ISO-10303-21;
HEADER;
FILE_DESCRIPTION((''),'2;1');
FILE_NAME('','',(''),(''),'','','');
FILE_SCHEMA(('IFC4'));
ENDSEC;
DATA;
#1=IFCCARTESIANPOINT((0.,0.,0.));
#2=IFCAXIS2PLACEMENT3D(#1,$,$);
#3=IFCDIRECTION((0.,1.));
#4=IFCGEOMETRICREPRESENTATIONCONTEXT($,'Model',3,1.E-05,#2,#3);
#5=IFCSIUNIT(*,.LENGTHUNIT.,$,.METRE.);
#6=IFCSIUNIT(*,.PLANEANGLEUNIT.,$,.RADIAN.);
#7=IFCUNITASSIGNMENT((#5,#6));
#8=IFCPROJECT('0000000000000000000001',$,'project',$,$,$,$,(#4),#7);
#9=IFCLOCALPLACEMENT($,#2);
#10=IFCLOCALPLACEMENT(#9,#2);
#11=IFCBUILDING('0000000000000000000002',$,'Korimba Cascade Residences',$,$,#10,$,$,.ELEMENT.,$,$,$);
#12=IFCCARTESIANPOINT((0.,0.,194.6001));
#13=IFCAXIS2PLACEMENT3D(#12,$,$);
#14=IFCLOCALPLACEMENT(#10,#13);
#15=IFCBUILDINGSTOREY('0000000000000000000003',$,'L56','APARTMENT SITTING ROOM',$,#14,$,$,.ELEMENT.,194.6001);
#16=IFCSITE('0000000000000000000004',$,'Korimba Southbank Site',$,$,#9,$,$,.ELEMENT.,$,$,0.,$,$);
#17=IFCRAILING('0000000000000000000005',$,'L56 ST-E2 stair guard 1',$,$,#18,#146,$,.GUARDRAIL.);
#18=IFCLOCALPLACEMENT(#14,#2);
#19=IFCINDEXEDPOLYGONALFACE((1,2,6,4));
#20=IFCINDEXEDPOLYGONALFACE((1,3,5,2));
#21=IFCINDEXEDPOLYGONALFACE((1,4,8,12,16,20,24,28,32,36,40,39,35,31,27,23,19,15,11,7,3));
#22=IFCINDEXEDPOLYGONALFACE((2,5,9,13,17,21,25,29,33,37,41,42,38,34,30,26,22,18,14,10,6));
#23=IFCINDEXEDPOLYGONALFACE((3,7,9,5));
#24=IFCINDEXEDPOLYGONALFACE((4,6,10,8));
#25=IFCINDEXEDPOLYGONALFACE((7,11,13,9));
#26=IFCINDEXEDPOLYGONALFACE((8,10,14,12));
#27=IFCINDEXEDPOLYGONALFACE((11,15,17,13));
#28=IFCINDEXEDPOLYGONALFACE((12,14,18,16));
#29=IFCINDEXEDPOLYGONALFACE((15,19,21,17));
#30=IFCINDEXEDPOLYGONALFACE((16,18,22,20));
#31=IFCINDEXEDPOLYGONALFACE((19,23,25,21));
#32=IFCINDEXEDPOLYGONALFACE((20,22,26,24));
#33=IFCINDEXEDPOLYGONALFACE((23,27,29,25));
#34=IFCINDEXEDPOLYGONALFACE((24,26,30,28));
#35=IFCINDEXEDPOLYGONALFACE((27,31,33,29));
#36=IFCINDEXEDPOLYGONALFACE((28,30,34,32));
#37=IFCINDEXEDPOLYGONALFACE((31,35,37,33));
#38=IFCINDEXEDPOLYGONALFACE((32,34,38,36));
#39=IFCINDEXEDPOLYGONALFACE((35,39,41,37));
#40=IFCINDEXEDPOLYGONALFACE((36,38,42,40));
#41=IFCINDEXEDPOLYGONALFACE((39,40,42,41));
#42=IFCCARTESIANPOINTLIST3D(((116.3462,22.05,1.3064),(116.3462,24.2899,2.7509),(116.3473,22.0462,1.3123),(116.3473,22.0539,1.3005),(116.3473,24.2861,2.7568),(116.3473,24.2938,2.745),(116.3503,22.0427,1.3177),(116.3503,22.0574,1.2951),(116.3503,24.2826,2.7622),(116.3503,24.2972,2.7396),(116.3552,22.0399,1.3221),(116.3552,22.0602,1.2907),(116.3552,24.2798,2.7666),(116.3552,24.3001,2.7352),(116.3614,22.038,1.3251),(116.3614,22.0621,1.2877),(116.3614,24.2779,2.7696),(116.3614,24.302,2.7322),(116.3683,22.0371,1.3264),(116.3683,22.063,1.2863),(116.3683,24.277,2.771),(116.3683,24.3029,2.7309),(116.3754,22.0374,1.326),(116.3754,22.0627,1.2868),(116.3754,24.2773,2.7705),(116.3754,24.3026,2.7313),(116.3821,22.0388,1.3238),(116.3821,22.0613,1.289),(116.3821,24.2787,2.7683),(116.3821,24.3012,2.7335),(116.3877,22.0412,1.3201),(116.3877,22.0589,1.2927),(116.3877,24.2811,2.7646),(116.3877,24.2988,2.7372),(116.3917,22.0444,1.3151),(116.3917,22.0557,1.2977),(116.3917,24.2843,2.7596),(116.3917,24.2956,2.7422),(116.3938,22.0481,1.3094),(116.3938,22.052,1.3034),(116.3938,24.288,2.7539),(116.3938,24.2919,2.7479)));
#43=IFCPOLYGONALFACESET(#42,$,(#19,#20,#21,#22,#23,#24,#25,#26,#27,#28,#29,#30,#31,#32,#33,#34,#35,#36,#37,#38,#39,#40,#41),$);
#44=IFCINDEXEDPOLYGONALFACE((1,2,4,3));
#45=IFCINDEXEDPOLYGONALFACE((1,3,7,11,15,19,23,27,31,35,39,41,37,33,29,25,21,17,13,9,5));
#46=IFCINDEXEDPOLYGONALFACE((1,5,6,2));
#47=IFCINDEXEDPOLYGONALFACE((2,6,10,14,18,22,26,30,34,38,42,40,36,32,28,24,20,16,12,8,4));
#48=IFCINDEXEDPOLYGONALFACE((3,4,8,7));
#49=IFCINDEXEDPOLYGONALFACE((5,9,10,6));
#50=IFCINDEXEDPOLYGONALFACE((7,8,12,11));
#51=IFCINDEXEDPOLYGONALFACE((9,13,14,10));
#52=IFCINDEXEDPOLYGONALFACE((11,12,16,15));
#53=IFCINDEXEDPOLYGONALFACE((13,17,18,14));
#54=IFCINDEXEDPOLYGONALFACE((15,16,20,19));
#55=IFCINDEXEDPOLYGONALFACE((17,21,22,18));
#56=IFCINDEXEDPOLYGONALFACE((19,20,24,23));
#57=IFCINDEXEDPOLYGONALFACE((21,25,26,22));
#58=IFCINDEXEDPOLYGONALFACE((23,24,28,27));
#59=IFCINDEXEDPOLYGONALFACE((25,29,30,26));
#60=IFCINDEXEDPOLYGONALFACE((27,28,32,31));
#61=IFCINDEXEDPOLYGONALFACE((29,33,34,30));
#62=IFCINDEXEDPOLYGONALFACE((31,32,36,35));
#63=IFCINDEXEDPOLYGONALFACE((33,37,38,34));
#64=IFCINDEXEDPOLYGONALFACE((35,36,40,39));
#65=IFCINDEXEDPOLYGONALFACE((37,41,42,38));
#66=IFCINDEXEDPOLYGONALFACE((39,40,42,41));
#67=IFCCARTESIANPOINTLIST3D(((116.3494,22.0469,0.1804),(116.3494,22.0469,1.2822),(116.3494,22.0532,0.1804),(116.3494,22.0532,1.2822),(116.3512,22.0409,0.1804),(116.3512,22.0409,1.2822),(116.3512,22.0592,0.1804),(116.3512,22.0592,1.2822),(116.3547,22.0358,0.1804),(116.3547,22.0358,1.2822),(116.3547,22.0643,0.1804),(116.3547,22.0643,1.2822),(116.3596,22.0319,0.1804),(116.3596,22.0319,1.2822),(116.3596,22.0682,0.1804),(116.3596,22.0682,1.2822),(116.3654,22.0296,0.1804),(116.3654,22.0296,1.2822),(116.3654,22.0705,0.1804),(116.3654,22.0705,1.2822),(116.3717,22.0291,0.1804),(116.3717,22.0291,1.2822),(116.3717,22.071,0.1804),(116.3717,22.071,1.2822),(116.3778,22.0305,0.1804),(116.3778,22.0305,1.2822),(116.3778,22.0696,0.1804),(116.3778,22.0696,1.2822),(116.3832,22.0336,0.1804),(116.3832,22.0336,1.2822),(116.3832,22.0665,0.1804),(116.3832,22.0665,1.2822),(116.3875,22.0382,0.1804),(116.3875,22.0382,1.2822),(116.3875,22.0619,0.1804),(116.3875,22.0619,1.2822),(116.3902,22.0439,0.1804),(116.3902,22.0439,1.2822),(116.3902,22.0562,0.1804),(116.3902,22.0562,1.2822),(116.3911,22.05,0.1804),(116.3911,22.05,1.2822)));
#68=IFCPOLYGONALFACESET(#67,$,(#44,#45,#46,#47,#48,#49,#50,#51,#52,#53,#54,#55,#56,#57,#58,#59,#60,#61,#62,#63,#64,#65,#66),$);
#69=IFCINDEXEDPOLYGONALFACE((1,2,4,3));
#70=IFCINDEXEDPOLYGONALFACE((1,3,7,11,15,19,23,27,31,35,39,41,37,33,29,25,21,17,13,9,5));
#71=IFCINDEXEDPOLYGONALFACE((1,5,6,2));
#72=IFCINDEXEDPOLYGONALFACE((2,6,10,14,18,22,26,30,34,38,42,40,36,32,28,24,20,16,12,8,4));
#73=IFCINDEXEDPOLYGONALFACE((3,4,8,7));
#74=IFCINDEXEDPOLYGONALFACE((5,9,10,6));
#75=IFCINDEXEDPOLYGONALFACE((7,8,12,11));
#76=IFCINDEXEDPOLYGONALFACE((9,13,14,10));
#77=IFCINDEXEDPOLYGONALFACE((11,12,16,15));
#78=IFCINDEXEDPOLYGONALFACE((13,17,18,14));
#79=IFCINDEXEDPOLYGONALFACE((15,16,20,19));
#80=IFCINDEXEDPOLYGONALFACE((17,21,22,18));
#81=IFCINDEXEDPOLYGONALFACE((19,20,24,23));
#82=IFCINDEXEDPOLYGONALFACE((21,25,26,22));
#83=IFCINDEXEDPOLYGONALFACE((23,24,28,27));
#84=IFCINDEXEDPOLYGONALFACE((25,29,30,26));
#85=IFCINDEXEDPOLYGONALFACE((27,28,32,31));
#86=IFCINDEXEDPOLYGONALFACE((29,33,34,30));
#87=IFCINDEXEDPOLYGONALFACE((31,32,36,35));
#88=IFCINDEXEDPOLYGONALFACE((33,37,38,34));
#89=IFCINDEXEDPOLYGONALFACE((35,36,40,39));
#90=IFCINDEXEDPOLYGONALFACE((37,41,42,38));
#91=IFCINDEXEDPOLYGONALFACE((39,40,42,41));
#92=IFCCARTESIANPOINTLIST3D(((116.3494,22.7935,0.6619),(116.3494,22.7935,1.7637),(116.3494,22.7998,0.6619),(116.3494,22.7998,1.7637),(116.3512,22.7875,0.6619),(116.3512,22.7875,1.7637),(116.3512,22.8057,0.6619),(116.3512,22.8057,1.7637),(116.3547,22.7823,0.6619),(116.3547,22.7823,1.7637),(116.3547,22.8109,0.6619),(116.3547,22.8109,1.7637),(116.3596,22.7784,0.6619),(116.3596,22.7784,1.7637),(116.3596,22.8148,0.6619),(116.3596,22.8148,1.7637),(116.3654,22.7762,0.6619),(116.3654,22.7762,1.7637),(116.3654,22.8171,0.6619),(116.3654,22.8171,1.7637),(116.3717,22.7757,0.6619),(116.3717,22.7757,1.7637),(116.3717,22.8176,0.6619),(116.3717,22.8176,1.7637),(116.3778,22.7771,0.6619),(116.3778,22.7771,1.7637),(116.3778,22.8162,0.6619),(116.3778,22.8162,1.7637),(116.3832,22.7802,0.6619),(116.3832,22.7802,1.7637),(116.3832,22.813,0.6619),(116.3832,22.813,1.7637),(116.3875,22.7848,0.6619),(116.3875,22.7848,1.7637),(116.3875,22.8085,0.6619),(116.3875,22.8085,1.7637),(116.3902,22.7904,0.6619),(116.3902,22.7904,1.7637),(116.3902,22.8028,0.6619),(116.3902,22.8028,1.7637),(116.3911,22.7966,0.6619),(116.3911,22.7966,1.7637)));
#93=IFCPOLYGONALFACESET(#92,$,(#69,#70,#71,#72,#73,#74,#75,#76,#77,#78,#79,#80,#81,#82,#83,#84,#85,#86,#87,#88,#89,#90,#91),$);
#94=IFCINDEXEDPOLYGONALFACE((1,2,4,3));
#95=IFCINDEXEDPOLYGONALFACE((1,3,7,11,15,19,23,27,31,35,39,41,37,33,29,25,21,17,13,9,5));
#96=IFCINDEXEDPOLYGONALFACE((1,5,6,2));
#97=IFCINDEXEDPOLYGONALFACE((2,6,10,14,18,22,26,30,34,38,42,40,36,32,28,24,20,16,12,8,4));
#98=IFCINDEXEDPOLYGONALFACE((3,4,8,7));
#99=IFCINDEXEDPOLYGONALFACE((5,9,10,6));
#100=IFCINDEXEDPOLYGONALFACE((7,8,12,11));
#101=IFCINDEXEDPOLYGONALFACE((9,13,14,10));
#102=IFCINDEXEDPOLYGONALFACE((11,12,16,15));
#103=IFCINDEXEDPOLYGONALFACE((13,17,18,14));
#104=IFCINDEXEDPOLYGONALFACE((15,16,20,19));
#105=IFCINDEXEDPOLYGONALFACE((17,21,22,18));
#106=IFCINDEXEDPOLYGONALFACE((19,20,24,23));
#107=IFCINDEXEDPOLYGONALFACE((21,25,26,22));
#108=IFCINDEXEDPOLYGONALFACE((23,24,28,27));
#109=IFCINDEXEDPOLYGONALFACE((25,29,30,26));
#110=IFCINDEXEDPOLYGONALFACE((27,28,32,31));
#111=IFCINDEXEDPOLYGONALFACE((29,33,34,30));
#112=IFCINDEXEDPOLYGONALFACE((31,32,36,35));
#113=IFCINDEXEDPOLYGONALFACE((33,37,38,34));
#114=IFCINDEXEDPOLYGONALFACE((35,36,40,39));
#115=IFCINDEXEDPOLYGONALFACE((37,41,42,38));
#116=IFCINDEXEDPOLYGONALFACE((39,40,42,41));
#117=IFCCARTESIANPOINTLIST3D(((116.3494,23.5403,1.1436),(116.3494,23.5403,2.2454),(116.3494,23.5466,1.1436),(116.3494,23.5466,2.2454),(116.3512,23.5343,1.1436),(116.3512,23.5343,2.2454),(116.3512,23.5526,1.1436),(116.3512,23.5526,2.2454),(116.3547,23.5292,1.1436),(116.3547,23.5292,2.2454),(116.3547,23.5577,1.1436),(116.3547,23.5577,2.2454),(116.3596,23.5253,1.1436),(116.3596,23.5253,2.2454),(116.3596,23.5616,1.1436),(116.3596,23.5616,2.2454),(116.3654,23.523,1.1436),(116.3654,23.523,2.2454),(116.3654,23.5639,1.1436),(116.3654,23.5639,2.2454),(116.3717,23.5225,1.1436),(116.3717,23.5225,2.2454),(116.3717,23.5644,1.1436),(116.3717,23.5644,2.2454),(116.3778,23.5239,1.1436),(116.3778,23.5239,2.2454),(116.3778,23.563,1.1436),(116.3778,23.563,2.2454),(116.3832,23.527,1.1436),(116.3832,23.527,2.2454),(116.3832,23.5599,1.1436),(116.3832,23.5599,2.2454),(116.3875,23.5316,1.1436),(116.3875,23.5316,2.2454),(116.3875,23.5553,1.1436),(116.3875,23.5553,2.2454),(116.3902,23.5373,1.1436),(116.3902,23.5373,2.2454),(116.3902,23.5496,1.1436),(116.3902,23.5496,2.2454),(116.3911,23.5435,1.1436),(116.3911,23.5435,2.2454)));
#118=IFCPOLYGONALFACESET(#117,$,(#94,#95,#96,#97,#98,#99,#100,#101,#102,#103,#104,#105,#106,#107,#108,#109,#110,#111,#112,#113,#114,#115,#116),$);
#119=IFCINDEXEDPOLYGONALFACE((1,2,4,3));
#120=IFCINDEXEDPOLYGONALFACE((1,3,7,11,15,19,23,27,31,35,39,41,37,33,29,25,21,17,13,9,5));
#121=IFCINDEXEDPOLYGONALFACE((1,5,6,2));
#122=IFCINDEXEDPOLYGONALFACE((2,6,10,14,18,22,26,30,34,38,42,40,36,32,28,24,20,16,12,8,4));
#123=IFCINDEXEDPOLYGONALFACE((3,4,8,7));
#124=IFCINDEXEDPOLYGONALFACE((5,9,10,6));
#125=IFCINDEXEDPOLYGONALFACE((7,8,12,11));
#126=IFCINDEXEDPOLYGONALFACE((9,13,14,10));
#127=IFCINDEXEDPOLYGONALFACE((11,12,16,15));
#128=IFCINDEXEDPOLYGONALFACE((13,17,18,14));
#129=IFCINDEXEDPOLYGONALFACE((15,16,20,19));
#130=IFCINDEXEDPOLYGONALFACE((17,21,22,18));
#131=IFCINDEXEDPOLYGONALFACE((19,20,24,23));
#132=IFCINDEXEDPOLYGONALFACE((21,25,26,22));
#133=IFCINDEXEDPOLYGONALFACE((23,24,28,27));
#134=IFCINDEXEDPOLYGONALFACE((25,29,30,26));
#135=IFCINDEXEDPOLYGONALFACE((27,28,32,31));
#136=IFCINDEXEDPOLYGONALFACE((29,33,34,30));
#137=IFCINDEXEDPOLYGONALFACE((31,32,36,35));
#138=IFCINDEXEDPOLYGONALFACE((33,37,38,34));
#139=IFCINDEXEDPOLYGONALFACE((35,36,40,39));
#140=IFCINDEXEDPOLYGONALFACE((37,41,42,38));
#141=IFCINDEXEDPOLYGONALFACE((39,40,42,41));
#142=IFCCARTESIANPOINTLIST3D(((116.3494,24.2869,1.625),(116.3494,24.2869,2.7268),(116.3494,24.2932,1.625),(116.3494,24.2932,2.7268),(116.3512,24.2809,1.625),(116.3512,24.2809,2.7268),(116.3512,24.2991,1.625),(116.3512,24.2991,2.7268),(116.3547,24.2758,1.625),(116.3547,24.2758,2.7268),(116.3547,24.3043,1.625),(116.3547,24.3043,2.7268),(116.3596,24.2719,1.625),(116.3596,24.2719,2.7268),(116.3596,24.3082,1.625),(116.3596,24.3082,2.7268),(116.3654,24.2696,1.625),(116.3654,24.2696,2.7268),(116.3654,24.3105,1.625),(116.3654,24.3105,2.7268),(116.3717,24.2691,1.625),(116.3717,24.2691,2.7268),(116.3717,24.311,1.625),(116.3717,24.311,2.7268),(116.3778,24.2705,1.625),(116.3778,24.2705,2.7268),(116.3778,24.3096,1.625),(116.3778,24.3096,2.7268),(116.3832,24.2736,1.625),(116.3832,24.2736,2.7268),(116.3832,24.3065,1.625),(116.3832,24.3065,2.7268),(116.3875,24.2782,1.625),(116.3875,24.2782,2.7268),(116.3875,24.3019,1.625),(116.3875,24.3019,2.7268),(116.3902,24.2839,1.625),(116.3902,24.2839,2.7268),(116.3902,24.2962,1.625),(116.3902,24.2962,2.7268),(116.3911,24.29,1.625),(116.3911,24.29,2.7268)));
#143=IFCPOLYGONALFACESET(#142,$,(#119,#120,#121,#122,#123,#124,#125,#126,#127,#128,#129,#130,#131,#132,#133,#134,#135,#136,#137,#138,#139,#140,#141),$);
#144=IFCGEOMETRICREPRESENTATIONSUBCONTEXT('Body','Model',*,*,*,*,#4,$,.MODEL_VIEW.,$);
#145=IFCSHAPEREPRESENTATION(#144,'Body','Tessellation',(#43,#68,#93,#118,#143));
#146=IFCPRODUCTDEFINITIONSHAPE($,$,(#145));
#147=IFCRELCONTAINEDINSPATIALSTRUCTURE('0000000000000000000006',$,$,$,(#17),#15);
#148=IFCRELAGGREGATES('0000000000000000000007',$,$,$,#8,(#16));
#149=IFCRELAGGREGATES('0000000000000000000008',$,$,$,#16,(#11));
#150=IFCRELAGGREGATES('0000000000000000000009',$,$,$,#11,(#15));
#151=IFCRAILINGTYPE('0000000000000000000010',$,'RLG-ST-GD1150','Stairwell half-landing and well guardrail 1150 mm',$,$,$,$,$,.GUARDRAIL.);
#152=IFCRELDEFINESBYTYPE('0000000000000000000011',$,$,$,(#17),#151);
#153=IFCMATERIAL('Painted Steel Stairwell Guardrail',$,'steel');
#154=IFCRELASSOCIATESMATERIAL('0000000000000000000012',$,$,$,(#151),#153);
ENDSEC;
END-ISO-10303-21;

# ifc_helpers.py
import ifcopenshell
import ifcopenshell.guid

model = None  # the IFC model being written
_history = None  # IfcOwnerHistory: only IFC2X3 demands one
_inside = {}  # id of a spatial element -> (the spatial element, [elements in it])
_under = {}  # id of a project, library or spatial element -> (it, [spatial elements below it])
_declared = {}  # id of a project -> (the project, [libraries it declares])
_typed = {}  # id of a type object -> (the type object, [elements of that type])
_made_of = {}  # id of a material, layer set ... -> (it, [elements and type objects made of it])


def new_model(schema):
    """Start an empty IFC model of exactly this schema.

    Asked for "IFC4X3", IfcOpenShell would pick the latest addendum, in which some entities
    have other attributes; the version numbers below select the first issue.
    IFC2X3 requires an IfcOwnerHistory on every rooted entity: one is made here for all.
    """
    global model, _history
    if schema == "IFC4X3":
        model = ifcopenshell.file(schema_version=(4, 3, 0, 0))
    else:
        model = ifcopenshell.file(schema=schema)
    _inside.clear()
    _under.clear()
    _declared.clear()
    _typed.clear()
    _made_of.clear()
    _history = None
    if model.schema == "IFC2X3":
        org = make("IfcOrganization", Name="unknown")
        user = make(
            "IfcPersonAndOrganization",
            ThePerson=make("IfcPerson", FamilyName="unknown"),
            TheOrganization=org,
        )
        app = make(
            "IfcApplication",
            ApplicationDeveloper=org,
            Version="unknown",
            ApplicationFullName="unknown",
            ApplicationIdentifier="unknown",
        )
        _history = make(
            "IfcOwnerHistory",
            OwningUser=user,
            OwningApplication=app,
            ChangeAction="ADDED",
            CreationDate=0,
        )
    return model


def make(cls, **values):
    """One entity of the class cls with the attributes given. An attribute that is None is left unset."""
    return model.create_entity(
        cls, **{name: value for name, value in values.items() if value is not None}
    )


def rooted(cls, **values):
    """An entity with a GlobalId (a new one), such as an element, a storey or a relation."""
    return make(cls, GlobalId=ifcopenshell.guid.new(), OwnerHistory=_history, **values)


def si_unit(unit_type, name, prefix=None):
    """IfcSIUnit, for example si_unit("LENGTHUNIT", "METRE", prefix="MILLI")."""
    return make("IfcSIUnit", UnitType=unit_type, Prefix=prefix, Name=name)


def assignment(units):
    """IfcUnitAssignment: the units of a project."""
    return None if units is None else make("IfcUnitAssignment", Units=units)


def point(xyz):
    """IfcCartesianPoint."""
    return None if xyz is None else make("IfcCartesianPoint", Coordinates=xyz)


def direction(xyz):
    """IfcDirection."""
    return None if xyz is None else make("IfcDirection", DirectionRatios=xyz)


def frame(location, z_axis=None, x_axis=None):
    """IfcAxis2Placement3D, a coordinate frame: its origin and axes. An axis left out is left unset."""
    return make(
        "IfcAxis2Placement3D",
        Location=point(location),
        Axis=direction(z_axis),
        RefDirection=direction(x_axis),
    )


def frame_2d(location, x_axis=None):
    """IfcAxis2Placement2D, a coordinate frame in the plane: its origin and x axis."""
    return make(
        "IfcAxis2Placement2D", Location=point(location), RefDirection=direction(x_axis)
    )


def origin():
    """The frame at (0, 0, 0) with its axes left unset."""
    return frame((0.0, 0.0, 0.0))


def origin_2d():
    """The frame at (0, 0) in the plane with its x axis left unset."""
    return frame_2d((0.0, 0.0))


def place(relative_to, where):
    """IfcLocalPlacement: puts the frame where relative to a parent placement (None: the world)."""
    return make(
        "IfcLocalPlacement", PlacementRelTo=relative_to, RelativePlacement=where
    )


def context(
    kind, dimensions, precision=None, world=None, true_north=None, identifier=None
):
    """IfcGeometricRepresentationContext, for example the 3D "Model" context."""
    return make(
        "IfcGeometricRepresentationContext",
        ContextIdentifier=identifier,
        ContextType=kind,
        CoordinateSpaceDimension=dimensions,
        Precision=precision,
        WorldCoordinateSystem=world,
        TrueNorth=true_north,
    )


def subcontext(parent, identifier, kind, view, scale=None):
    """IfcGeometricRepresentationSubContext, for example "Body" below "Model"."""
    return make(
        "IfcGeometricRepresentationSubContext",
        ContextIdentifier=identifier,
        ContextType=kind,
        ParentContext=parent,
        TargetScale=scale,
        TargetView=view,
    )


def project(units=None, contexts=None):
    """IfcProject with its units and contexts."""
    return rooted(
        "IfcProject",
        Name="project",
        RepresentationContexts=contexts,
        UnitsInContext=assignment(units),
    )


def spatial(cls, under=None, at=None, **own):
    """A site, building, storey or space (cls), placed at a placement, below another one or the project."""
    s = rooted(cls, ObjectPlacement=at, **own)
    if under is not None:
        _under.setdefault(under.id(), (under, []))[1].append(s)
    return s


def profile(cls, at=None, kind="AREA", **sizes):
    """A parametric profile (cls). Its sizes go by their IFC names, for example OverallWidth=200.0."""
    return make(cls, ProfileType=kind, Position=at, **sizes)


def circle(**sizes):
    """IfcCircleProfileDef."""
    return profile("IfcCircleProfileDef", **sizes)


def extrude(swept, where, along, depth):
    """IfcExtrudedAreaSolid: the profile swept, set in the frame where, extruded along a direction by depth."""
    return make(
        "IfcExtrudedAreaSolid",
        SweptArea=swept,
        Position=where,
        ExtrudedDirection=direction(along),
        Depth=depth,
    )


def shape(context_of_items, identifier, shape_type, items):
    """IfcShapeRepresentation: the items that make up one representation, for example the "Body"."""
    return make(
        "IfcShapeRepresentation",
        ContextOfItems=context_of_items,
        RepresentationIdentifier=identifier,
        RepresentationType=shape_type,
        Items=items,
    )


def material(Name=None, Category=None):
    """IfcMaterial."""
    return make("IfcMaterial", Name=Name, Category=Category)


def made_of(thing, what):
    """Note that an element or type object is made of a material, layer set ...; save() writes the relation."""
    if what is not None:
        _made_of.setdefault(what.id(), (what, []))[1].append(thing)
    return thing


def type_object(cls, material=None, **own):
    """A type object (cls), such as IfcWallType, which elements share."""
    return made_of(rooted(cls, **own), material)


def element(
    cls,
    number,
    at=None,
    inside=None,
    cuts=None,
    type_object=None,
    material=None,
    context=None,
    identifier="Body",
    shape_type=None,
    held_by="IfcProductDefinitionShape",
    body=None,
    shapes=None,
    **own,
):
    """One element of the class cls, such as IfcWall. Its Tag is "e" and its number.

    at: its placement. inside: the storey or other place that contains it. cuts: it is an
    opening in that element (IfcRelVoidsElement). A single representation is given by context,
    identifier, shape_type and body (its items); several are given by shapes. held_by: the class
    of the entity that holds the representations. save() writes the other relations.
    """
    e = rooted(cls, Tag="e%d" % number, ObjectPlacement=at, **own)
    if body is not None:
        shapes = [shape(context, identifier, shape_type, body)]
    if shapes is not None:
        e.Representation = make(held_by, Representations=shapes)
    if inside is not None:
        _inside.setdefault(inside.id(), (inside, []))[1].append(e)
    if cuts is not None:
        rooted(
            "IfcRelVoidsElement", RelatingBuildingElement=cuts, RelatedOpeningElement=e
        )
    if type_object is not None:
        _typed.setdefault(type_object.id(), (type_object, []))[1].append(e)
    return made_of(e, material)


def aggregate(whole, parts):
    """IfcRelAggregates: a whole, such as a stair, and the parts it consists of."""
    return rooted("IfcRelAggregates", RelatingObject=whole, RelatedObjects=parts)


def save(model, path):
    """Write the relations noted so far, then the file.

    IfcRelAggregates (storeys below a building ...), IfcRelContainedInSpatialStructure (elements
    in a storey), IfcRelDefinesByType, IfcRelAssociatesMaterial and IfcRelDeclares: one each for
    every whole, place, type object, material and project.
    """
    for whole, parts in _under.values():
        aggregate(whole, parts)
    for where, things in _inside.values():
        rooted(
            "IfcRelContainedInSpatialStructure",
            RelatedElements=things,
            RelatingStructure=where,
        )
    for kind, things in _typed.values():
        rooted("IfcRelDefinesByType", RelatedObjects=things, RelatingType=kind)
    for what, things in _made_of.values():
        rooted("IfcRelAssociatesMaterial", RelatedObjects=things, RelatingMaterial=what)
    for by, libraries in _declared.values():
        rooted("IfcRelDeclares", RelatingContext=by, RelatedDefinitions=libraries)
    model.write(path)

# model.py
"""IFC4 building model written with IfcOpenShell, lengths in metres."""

from ifc_helpers import new_model, si_unit, direction, frame, origin, origin_2d, place, context, subcontext, project, spatial, circle, extrude, material, type_object, element, save


model = new_model("IFC4")

# Units and contexts
model_context = context("Model", 3, precision=1e-05, world=origin(), true_north=direction((0.0, 1.0)))
body_context = subcontext(model_context, "Body", "Model", "MODEL_VIEW")
ifc_project = project(units=[si_unit("LENGTHUNIT", "METRE"), si_unit("PLANEANGLEUNIT", "RADIAN")], contexts=[model_context])

# Site, building, storey
site_placement = place(None, origin())
site = spatial("IfcSite", under=ifc_project, at=site_placement, Name="Korimba Southbank Site", CompositionType="ELEMENT", RefElevation=0.0)
building_placement = place(site_placement, origin())
building = spatial("IfcBuilding", under=site, at=building_placement, Name="Korimba Cascade Residences", CompositionType="ELEMENT")
storey_placement = place(building_placement, frame((0.0, 0.0, 194.6001)))
storey = spatial("IfcBuildingStorey", under=building, at=storey_placement, Name="L56", Description="APARTMENT SITTING ROOM", CompositionType="ELEMENT", Elevation=194.6001)

# Railing
ifc_material_1 = material(Name="Painted Steel Stairwell Guardrail", Category="steel")
railing_type_1 = type_object("IfcRailingType", Name="RLG-ST-GD1150", Description="Stairwell half-landing and well guardrail 1150 mm", PredefinedType="GUARDRAIL", material=ifc_material_1)
railing_1_placement = place(storey_placement, frame((116.3701, 22.05, 0.1804)))
element("IfcRailing", 1, at=railing_1_placement, inside=storey, type_object=railing_type_1, Name="L56 ST-E2 stair guard 1", PredefinedType="GUARDRAIL", context=body_context, shape_type="SweptSolid", body=[
    extrude(circle(Radius=0.0239, at=origin_2d()), frame((0.0, 0.0, 1.126), z_axis=(0.0, 0.840395, 0.541975), x_axis=(-1.0, 0.0, 0.0)), (0.0, 0.0, 1.0), 2.6653),
    extrude(circle(Radius=0.021, at=origin_2d()), origin(), (0.0, 0.0, 1.0), 1.1018),
    extrude(circle(Radius=0.021, at=origin_2d()), frame((0.0, 0.7466, 0.4814)), (0.0, 0.0, 1.0), 1.1018),
    extrude(circle(Radius=0.021, at=origin_2d()), frame((0.0, 1.4934, 0.9631)), (0.0, 0.0, 1.0), 1.1018),
    extrude(circle(Radius=0.021, at=origin_2d()), frame((0.0, 2.24, 1.4446)), (0.0, 0.0, 1.0), 1.1018),
])

save(model, "model.ifc")
